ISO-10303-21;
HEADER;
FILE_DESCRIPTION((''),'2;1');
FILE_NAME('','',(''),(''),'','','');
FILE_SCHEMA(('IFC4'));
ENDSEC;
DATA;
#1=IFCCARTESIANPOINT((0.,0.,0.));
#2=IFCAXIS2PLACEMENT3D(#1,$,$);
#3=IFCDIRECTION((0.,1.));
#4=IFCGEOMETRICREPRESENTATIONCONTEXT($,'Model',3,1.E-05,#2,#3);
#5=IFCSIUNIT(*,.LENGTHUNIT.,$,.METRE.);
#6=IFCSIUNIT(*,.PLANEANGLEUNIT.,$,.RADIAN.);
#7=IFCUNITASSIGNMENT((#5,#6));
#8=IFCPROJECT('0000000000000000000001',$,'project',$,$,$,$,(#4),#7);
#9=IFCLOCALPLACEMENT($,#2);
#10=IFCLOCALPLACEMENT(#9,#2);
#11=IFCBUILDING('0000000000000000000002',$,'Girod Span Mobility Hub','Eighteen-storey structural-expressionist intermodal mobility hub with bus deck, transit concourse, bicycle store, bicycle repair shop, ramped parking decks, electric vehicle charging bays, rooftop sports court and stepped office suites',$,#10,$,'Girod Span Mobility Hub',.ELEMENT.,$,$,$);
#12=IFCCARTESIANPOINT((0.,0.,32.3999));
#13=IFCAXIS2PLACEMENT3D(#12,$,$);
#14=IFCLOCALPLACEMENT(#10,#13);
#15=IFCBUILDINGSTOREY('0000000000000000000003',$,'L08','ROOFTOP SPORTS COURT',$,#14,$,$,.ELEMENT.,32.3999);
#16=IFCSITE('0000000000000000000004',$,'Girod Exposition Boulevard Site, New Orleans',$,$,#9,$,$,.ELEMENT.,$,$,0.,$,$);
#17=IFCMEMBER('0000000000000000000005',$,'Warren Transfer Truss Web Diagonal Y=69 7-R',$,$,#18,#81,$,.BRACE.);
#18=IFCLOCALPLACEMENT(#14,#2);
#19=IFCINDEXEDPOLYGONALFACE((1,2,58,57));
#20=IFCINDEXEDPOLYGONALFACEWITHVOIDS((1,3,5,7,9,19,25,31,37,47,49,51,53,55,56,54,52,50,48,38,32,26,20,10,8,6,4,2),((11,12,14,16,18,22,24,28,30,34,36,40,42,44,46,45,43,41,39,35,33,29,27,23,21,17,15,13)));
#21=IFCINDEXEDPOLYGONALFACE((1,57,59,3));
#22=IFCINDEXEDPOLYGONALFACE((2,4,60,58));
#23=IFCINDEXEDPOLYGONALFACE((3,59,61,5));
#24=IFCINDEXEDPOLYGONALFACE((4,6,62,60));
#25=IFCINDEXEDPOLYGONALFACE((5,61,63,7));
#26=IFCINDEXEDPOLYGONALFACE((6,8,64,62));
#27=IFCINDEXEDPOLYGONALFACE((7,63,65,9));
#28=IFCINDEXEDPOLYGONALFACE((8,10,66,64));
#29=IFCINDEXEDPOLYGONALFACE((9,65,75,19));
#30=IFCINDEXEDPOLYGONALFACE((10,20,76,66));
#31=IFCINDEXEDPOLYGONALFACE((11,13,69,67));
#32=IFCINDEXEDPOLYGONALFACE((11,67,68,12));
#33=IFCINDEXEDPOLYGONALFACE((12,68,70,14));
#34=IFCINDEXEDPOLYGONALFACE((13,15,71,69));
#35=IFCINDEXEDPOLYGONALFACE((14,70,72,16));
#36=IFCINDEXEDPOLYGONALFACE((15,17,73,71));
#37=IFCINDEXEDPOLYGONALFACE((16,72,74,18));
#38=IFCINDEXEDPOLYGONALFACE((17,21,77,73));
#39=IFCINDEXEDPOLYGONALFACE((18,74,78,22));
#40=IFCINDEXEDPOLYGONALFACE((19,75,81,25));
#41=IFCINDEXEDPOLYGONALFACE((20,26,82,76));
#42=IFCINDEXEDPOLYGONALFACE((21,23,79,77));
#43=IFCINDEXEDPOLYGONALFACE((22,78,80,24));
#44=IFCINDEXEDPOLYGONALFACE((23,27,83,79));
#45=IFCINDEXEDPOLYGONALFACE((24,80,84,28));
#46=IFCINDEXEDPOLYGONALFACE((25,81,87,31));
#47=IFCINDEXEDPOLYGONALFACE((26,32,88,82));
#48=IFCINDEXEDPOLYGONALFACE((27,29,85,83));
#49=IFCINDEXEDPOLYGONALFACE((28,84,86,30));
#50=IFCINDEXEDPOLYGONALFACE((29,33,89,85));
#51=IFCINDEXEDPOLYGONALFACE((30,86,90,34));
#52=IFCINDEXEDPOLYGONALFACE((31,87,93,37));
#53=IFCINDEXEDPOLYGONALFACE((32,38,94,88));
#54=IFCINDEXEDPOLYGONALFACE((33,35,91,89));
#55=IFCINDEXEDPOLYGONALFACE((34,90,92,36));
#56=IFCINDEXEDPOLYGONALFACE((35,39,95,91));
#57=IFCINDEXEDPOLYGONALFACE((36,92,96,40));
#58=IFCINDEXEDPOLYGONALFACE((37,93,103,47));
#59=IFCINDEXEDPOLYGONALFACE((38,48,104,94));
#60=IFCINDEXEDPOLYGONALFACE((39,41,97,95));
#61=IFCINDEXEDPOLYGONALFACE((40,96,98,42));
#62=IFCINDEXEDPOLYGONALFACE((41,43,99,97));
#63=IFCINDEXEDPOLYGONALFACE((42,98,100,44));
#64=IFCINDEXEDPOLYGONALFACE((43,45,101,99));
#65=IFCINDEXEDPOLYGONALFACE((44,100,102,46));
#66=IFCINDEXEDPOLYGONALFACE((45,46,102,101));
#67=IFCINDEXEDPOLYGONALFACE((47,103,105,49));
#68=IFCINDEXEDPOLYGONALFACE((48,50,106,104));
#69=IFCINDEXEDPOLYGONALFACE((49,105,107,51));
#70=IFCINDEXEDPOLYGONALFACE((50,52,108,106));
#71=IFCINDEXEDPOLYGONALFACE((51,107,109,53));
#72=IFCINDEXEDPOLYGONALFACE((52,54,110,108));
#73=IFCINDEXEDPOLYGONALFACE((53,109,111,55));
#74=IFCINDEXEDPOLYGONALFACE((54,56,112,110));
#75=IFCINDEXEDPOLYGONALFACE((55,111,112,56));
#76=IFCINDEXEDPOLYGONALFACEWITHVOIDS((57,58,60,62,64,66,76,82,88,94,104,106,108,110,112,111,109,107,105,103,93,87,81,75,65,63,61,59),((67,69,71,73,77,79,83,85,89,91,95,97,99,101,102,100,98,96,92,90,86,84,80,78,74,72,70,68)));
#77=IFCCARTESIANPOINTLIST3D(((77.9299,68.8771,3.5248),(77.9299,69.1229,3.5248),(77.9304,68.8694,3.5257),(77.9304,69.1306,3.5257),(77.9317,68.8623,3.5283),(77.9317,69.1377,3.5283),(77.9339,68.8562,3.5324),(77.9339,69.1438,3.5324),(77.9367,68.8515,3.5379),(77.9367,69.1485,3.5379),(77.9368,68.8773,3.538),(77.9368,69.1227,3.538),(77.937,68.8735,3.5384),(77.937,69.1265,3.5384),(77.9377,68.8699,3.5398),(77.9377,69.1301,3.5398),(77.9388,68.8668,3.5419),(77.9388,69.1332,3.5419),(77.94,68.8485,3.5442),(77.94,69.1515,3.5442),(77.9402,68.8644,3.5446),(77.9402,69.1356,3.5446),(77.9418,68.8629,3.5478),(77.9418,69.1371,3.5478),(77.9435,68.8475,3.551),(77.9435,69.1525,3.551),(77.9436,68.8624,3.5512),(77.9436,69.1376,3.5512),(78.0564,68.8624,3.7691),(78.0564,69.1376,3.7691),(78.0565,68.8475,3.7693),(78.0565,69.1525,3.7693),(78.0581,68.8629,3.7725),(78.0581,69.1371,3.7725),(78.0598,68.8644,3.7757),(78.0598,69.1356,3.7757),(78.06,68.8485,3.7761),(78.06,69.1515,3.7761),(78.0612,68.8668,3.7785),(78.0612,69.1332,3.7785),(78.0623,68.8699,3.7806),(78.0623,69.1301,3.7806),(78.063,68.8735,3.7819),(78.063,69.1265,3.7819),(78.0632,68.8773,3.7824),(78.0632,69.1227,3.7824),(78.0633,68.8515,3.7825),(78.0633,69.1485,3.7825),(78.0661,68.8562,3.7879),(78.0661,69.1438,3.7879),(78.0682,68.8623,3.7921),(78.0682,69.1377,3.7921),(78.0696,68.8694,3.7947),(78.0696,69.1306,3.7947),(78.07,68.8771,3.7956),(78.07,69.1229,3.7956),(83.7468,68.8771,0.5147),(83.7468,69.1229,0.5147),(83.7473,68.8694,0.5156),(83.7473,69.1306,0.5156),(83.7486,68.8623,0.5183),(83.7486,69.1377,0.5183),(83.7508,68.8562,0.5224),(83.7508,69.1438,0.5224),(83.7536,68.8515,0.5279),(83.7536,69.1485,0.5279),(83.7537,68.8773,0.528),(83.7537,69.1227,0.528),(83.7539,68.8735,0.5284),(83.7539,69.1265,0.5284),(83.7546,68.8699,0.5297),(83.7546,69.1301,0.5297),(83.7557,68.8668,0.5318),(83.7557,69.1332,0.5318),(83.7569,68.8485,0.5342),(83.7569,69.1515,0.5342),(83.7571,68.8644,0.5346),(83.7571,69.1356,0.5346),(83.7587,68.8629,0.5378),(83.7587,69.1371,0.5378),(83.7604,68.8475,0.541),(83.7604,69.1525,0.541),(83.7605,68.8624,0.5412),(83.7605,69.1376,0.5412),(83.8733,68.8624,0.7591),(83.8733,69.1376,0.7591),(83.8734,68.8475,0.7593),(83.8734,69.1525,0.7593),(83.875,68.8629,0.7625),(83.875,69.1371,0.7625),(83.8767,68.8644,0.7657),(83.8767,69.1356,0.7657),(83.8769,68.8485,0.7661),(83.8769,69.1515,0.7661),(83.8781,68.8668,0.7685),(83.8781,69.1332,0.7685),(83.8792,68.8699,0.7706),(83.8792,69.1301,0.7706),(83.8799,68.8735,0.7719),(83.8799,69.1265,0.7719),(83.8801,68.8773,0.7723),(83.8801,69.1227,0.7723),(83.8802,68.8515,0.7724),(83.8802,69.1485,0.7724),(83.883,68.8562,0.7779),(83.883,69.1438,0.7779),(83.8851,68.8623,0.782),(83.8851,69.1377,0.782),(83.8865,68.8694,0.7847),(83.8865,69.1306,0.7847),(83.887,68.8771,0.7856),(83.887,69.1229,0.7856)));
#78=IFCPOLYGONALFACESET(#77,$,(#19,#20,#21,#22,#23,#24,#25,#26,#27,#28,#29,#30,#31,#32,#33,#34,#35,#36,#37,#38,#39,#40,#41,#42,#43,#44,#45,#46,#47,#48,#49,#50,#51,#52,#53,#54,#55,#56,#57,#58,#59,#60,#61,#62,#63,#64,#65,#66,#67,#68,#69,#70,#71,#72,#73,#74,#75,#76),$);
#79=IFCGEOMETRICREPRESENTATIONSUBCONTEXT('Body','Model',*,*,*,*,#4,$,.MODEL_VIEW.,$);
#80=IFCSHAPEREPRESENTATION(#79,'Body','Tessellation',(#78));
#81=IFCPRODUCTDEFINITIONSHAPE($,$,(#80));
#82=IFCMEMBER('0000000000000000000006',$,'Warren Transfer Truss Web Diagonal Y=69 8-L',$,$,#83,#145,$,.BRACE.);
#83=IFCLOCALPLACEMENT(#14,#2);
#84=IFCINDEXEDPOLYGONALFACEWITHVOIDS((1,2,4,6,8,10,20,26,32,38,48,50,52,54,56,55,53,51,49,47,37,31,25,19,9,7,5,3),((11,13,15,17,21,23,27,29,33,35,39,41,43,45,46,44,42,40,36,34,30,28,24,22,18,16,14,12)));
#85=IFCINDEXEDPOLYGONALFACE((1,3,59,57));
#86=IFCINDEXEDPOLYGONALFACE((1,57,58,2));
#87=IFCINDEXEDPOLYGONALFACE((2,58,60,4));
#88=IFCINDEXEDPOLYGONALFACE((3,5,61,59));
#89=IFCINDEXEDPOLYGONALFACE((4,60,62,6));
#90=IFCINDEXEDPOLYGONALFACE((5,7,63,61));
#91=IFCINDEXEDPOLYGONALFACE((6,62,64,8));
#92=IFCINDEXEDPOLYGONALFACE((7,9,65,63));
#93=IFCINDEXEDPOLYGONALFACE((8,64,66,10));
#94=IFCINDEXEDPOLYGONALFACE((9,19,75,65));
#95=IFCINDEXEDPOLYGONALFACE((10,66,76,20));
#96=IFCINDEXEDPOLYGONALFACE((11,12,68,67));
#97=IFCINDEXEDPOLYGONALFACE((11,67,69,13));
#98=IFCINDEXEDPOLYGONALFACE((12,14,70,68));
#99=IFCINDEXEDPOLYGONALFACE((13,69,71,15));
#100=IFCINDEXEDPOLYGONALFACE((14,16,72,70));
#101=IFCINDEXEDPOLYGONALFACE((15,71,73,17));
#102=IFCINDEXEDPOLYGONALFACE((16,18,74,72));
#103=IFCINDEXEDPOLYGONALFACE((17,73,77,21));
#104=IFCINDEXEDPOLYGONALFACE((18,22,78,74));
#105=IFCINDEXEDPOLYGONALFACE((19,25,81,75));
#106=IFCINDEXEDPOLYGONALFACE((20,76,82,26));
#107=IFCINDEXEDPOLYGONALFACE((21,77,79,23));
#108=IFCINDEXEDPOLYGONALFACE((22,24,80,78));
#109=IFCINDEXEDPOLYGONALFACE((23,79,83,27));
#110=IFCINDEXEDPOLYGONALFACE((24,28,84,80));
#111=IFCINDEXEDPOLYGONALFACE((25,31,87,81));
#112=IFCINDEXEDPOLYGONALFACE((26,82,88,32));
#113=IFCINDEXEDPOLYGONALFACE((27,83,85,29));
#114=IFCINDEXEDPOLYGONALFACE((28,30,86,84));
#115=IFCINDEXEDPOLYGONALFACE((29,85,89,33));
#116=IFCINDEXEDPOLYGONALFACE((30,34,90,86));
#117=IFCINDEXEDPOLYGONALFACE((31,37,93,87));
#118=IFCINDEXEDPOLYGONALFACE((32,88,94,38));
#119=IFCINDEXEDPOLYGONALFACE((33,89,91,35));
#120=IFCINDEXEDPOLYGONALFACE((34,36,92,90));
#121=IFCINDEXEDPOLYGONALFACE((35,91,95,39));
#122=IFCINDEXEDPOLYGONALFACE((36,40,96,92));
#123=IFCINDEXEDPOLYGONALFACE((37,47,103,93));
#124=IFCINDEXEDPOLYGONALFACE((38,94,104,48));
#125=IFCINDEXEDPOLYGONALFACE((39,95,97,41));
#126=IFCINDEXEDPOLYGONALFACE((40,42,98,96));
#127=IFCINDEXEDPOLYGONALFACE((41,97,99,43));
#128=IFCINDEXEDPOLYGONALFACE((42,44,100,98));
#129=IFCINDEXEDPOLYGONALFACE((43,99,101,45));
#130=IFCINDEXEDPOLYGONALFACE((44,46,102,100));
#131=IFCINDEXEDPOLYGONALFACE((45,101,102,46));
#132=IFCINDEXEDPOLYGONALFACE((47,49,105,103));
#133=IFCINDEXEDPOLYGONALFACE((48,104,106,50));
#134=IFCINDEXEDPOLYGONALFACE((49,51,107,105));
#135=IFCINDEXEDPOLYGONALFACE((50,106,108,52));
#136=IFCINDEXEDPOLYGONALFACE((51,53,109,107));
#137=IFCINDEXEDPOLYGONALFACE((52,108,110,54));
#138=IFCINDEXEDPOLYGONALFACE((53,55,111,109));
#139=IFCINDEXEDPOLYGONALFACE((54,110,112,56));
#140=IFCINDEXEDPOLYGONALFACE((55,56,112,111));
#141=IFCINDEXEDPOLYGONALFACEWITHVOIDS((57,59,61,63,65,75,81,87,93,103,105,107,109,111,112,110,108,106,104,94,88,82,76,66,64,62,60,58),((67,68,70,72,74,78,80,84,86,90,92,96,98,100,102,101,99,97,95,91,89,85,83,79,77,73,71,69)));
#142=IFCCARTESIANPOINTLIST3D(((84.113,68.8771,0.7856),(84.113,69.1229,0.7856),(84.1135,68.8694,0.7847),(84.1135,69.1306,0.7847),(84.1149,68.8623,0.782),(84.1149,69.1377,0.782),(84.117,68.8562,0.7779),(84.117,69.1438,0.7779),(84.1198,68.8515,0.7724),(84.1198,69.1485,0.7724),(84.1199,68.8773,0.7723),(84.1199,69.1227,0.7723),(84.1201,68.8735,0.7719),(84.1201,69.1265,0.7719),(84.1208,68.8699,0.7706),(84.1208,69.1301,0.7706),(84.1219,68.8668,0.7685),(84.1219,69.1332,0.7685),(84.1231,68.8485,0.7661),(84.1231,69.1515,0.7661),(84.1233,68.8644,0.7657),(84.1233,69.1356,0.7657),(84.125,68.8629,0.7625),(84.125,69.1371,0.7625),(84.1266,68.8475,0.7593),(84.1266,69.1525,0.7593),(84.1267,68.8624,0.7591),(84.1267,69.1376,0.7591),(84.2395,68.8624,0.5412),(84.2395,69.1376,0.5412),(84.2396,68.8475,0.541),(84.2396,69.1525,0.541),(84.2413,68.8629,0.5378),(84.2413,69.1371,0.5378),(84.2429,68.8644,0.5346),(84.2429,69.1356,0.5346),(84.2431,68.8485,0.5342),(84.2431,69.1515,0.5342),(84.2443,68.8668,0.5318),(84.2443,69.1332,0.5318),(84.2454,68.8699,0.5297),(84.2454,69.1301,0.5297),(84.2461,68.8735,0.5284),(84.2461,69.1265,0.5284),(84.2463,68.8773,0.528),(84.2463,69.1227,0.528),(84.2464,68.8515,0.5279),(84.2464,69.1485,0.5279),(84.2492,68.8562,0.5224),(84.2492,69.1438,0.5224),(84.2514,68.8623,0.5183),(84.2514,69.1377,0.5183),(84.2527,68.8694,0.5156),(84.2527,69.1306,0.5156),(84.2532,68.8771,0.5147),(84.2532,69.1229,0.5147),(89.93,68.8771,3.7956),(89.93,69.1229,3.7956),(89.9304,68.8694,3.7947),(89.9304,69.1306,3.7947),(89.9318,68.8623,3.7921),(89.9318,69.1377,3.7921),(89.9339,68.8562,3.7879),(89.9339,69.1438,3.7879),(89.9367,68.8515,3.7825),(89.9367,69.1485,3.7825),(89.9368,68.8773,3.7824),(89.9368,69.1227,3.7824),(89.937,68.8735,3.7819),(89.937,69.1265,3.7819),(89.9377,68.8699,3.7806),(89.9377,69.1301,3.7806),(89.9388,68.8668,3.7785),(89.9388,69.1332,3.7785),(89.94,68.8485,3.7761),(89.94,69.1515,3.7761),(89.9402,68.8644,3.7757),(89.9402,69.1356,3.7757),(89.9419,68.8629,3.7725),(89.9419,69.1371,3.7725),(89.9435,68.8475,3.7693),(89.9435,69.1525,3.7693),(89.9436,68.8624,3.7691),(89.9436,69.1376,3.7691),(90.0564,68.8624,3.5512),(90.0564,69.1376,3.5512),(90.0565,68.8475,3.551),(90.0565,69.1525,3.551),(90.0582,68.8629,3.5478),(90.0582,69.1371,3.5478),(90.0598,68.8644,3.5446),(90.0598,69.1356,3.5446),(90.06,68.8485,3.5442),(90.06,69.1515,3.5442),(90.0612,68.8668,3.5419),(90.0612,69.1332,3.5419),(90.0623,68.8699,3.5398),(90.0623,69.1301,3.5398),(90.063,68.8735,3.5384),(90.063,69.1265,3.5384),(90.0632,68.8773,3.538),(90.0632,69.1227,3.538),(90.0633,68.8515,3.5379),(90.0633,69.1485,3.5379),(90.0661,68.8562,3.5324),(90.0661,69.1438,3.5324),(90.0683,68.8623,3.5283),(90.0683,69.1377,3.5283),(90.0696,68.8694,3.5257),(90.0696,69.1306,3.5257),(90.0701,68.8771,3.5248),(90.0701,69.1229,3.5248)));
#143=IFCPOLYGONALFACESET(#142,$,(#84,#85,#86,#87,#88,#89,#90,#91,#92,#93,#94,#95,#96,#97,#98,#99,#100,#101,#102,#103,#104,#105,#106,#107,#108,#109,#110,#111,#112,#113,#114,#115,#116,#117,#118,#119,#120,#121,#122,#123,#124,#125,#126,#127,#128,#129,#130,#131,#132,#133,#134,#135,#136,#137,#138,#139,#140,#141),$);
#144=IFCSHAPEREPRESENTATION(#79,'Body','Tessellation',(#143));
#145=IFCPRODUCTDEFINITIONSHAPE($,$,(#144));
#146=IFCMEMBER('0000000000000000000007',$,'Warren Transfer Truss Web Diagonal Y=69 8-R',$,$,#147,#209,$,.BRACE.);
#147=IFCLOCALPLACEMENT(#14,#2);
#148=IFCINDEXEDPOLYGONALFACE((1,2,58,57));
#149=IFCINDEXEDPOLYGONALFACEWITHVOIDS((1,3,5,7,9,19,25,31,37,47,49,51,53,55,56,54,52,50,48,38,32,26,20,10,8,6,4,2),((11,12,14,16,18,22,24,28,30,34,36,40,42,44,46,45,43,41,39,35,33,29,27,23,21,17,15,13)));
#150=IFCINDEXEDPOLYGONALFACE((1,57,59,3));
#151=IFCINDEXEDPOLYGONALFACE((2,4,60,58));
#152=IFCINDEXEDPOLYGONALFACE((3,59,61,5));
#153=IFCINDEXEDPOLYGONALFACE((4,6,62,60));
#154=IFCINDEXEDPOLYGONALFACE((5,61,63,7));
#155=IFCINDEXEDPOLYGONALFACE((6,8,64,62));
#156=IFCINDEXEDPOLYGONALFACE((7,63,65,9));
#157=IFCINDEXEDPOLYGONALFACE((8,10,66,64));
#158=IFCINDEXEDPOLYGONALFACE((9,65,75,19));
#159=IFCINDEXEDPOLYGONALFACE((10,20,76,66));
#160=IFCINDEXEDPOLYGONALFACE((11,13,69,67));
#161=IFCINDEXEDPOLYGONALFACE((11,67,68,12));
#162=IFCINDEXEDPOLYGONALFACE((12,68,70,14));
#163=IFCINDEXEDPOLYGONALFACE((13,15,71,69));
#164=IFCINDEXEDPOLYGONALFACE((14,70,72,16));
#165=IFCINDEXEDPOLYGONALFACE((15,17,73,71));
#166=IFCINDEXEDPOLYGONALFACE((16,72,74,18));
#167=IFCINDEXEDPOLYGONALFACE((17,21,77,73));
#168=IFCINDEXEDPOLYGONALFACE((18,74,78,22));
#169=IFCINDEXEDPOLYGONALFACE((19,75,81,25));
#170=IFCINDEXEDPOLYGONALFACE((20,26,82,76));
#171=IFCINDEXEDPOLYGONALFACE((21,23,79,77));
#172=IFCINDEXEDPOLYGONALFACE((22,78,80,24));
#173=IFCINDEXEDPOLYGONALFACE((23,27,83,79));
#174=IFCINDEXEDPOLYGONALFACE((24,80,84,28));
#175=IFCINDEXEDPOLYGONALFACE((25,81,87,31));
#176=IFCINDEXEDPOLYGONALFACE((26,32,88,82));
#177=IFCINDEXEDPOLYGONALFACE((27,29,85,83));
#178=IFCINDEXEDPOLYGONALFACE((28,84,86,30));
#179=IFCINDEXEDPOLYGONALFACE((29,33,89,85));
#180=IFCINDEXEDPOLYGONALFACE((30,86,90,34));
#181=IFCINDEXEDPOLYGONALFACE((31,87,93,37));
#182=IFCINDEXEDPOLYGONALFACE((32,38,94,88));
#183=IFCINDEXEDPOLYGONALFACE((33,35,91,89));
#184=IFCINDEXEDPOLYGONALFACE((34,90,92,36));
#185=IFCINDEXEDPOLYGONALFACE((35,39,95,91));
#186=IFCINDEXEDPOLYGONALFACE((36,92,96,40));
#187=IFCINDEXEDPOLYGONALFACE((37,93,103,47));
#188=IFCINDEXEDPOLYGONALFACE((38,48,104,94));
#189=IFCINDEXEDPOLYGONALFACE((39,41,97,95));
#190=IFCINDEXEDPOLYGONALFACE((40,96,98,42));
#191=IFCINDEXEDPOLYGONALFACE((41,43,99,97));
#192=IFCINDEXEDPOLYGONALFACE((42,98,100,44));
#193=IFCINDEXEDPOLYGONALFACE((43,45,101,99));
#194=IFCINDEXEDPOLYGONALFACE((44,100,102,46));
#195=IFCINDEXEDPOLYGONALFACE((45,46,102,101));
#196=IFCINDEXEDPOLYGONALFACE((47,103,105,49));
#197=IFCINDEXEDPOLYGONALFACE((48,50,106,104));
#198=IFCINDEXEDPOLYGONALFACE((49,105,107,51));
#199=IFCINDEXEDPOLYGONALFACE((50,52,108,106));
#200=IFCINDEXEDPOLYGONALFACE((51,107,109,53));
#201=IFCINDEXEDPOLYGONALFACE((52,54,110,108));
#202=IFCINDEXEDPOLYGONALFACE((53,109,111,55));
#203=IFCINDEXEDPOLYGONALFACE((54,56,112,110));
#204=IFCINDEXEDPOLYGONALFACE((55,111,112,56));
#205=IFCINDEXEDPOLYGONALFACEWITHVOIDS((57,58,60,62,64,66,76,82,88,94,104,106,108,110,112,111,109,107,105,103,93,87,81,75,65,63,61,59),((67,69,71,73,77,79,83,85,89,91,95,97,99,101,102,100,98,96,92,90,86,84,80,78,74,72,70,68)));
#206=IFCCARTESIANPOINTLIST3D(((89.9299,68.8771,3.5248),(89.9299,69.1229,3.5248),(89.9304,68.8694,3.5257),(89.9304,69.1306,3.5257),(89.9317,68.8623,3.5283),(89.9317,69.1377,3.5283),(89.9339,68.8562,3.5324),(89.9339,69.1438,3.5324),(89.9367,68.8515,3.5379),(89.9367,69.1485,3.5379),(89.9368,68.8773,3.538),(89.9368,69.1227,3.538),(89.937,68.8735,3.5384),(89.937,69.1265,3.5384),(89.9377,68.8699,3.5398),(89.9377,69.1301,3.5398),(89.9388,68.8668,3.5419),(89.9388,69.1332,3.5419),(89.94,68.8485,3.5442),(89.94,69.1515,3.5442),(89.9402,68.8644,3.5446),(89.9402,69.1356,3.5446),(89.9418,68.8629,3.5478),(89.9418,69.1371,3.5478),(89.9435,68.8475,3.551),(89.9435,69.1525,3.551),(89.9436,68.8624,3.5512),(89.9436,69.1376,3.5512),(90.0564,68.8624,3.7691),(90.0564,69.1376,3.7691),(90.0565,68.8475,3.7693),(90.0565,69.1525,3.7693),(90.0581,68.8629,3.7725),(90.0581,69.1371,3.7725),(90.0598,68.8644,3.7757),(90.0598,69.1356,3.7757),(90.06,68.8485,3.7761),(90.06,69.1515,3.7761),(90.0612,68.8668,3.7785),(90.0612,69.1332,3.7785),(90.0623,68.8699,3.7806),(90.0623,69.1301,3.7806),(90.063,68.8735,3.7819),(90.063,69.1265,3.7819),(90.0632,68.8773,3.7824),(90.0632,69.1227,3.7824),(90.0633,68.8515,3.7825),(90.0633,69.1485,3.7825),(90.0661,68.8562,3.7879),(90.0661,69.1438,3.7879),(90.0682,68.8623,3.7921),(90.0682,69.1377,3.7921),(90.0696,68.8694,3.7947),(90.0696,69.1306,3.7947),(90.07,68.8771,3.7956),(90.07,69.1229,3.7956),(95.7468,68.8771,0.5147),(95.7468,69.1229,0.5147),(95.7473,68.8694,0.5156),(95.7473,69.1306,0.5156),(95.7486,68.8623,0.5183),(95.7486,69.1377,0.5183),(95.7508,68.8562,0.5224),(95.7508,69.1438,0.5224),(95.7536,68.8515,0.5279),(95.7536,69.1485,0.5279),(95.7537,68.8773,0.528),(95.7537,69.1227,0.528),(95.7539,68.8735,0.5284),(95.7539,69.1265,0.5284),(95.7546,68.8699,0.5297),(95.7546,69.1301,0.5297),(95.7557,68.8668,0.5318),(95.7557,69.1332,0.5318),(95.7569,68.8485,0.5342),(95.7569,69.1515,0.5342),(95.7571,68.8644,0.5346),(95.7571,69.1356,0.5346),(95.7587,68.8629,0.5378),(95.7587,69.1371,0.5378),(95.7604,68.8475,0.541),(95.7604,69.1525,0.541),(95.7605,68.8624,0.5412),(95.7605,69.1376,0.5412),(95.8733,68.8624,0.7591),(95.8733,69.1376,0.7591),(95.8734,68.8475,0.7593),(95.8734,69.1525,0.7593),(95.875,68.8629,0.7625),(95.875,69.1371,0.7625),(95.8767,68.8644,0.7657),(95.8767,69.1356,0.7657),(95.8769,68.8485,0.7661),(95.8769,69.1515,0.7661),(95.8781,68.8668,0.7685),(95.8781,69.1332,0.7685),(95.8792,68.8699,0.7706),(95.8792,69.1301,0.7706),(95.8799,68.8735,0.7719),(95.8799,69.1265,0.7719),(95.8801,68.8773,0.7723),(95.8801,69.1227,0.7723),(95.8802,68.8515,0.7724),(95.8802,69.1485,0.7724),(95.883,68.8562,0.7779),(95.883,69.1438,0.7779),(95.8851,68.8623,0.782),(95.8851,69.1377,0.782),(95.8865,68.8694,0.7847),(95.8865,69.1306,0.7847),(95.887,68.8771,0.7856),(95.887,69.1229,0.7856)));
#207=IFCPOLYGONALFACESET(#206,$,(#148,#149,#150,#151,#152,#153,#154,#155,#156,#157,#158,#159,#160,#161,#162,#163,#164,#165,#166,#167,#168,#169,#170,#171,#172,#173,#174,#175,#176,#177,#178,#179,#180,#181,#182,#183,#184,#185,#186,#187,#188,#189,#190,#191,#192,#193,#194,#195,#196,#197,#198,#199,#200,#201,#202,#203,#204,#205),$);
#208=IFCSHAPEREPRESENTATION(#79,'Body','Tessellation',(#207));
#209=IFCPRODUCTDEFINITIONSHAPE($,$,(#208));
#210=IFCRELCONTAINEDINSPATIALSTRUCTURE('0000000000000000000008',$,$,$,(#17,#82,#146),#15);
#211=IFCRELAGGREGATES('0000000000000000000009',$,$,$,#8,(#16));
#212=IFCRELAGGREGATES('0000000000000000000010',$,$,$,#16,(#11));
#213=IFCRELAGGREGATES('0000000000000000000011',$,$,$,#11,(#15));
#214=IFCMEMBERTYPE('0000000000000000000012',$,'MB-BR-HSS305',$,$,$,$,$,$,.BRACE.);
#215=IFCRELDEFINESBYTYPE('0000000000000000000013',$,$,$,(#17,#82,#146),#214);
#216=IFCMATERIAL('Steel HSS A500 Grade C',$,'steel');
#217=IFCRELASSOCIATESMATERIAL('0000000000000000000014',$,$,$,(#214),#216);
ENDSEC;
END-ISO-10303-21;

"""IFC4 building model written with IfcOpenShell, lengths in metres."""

from ifc_helpers import new_model, si_unit, direction, frame, origin, origin_2d, place, context, subcontext, project, spatial, hollow_rectangle, extrude, material, material_profile, profile_set, type_object, element, save


model = new_model("IFC4")

# Units and contexts
model_context = context("Model", 3, precision=1e-05, world=origin(), true_north=direction((0.0, 1.0)))
body_context = subcontext(model_context, "Body", "Model", "MODEL_VIEW")
ifc_project = project(units=[si_unit("LENGTHUNIT", "METRE"), si_unit("PLANEANGLEUNIT", "RADIAN")], contexts=[model_context])

# Site, building, storey
site_placement = place(None, origin())
site = spatial("IfcSite", under=ifc_project, at=site_placement, Name="Girod Exposition Boulevard Site, New Orleans", CompositionType="ELEMENT", RefElevation=0.0)
building_placement = place(site_placement, origin())
building = spatial("IfcBuilding", under=site, at=building_placement, Name="Girod Span Mobility Hub", Description="Eighteen-storey structural-expressionist intermodal mobility hub with bus deck, transit concourse, bicycle store, bicycle repair shop, ramped parking decks, electric vehicle charging bays, rooftop sports court and stepped office suites", LongName="Girod Span Mobility Hub", CompositionType="ELEMENT")
storey_placement = place(building_placement, frame((0.0, 0.0, 32.3999)))
storey = spatial("IfcBuildingStorey", under=building, at=storey_placement, Name="L08", Description="ROOFTOP SPORTS COURT", CompositionType="ELEMENT", Elevation=32.3999)

# Members
ifc_material_1 = material(Name="Steel HSS A500 Grade C", Category="steel")
ifc_material_profile_1 = material_profile(ifc_material_1, hollow_rectangle(XDim=0.3049, YDim=0.3049, WallThickness=0.0149, InnerFilletRadius=0.0149, OuterFilletRadius=0.0295, at=origin_2d()), Name="HSS305X305X16")
ifc_profile_set_1 = profile_set([ifc_material_profile_1], Name="Steel HSS A500 Grade C")
member_type_1 = type_object("IfcMemberType", Name="MB-BR-HSS305", PredefinedType="BRACE", material=ifc_profile_set_1)
for number, where, z_axis, x_axis, name in (
    (1, (83.8169, 69.0, 0.6501), (-0.888138, 0.0, 0.459576), (0.0, -1.0, 0.0), "Warren Transfer Truss Web Diagonal Y=69 7-R"),
    (2, (84.1831, 69.0, 0.6501), (0.888138, 0.0, 0.459576), (0.0, 1.0, 0.0), "Warren Transfer Truss Web Diagonal Y=69 8-L"),
    (3, (95.8169, 69.0, 0.6501), (-0.888138, 0.0, 0.459576), (0.0, -1.0, 0.0), "Warren Transfer Truss Web Diagonal Y=69 8-R"),
):
    element("IfcMember", number, at=place(storey_placement, frame(where, z_axis=z_axis, x_axis=x_axis)), inside=storey, type_object=member_type_1, Name=name, PredefinedType="BRACE", context=body_context, shape_type="SweptSolid", body=[
        extrude(hollow_rectangle(XDim=0.3049, YDim=0.3049, WallThickness=0.0149, InnerFilletRadius=0.0149, OuterFilletRadius=0.0295, at=origin_2d()), origin(), (0.0, 0.0, 1.0), 6.5496),
    ])

save(model, "model.ifc")
